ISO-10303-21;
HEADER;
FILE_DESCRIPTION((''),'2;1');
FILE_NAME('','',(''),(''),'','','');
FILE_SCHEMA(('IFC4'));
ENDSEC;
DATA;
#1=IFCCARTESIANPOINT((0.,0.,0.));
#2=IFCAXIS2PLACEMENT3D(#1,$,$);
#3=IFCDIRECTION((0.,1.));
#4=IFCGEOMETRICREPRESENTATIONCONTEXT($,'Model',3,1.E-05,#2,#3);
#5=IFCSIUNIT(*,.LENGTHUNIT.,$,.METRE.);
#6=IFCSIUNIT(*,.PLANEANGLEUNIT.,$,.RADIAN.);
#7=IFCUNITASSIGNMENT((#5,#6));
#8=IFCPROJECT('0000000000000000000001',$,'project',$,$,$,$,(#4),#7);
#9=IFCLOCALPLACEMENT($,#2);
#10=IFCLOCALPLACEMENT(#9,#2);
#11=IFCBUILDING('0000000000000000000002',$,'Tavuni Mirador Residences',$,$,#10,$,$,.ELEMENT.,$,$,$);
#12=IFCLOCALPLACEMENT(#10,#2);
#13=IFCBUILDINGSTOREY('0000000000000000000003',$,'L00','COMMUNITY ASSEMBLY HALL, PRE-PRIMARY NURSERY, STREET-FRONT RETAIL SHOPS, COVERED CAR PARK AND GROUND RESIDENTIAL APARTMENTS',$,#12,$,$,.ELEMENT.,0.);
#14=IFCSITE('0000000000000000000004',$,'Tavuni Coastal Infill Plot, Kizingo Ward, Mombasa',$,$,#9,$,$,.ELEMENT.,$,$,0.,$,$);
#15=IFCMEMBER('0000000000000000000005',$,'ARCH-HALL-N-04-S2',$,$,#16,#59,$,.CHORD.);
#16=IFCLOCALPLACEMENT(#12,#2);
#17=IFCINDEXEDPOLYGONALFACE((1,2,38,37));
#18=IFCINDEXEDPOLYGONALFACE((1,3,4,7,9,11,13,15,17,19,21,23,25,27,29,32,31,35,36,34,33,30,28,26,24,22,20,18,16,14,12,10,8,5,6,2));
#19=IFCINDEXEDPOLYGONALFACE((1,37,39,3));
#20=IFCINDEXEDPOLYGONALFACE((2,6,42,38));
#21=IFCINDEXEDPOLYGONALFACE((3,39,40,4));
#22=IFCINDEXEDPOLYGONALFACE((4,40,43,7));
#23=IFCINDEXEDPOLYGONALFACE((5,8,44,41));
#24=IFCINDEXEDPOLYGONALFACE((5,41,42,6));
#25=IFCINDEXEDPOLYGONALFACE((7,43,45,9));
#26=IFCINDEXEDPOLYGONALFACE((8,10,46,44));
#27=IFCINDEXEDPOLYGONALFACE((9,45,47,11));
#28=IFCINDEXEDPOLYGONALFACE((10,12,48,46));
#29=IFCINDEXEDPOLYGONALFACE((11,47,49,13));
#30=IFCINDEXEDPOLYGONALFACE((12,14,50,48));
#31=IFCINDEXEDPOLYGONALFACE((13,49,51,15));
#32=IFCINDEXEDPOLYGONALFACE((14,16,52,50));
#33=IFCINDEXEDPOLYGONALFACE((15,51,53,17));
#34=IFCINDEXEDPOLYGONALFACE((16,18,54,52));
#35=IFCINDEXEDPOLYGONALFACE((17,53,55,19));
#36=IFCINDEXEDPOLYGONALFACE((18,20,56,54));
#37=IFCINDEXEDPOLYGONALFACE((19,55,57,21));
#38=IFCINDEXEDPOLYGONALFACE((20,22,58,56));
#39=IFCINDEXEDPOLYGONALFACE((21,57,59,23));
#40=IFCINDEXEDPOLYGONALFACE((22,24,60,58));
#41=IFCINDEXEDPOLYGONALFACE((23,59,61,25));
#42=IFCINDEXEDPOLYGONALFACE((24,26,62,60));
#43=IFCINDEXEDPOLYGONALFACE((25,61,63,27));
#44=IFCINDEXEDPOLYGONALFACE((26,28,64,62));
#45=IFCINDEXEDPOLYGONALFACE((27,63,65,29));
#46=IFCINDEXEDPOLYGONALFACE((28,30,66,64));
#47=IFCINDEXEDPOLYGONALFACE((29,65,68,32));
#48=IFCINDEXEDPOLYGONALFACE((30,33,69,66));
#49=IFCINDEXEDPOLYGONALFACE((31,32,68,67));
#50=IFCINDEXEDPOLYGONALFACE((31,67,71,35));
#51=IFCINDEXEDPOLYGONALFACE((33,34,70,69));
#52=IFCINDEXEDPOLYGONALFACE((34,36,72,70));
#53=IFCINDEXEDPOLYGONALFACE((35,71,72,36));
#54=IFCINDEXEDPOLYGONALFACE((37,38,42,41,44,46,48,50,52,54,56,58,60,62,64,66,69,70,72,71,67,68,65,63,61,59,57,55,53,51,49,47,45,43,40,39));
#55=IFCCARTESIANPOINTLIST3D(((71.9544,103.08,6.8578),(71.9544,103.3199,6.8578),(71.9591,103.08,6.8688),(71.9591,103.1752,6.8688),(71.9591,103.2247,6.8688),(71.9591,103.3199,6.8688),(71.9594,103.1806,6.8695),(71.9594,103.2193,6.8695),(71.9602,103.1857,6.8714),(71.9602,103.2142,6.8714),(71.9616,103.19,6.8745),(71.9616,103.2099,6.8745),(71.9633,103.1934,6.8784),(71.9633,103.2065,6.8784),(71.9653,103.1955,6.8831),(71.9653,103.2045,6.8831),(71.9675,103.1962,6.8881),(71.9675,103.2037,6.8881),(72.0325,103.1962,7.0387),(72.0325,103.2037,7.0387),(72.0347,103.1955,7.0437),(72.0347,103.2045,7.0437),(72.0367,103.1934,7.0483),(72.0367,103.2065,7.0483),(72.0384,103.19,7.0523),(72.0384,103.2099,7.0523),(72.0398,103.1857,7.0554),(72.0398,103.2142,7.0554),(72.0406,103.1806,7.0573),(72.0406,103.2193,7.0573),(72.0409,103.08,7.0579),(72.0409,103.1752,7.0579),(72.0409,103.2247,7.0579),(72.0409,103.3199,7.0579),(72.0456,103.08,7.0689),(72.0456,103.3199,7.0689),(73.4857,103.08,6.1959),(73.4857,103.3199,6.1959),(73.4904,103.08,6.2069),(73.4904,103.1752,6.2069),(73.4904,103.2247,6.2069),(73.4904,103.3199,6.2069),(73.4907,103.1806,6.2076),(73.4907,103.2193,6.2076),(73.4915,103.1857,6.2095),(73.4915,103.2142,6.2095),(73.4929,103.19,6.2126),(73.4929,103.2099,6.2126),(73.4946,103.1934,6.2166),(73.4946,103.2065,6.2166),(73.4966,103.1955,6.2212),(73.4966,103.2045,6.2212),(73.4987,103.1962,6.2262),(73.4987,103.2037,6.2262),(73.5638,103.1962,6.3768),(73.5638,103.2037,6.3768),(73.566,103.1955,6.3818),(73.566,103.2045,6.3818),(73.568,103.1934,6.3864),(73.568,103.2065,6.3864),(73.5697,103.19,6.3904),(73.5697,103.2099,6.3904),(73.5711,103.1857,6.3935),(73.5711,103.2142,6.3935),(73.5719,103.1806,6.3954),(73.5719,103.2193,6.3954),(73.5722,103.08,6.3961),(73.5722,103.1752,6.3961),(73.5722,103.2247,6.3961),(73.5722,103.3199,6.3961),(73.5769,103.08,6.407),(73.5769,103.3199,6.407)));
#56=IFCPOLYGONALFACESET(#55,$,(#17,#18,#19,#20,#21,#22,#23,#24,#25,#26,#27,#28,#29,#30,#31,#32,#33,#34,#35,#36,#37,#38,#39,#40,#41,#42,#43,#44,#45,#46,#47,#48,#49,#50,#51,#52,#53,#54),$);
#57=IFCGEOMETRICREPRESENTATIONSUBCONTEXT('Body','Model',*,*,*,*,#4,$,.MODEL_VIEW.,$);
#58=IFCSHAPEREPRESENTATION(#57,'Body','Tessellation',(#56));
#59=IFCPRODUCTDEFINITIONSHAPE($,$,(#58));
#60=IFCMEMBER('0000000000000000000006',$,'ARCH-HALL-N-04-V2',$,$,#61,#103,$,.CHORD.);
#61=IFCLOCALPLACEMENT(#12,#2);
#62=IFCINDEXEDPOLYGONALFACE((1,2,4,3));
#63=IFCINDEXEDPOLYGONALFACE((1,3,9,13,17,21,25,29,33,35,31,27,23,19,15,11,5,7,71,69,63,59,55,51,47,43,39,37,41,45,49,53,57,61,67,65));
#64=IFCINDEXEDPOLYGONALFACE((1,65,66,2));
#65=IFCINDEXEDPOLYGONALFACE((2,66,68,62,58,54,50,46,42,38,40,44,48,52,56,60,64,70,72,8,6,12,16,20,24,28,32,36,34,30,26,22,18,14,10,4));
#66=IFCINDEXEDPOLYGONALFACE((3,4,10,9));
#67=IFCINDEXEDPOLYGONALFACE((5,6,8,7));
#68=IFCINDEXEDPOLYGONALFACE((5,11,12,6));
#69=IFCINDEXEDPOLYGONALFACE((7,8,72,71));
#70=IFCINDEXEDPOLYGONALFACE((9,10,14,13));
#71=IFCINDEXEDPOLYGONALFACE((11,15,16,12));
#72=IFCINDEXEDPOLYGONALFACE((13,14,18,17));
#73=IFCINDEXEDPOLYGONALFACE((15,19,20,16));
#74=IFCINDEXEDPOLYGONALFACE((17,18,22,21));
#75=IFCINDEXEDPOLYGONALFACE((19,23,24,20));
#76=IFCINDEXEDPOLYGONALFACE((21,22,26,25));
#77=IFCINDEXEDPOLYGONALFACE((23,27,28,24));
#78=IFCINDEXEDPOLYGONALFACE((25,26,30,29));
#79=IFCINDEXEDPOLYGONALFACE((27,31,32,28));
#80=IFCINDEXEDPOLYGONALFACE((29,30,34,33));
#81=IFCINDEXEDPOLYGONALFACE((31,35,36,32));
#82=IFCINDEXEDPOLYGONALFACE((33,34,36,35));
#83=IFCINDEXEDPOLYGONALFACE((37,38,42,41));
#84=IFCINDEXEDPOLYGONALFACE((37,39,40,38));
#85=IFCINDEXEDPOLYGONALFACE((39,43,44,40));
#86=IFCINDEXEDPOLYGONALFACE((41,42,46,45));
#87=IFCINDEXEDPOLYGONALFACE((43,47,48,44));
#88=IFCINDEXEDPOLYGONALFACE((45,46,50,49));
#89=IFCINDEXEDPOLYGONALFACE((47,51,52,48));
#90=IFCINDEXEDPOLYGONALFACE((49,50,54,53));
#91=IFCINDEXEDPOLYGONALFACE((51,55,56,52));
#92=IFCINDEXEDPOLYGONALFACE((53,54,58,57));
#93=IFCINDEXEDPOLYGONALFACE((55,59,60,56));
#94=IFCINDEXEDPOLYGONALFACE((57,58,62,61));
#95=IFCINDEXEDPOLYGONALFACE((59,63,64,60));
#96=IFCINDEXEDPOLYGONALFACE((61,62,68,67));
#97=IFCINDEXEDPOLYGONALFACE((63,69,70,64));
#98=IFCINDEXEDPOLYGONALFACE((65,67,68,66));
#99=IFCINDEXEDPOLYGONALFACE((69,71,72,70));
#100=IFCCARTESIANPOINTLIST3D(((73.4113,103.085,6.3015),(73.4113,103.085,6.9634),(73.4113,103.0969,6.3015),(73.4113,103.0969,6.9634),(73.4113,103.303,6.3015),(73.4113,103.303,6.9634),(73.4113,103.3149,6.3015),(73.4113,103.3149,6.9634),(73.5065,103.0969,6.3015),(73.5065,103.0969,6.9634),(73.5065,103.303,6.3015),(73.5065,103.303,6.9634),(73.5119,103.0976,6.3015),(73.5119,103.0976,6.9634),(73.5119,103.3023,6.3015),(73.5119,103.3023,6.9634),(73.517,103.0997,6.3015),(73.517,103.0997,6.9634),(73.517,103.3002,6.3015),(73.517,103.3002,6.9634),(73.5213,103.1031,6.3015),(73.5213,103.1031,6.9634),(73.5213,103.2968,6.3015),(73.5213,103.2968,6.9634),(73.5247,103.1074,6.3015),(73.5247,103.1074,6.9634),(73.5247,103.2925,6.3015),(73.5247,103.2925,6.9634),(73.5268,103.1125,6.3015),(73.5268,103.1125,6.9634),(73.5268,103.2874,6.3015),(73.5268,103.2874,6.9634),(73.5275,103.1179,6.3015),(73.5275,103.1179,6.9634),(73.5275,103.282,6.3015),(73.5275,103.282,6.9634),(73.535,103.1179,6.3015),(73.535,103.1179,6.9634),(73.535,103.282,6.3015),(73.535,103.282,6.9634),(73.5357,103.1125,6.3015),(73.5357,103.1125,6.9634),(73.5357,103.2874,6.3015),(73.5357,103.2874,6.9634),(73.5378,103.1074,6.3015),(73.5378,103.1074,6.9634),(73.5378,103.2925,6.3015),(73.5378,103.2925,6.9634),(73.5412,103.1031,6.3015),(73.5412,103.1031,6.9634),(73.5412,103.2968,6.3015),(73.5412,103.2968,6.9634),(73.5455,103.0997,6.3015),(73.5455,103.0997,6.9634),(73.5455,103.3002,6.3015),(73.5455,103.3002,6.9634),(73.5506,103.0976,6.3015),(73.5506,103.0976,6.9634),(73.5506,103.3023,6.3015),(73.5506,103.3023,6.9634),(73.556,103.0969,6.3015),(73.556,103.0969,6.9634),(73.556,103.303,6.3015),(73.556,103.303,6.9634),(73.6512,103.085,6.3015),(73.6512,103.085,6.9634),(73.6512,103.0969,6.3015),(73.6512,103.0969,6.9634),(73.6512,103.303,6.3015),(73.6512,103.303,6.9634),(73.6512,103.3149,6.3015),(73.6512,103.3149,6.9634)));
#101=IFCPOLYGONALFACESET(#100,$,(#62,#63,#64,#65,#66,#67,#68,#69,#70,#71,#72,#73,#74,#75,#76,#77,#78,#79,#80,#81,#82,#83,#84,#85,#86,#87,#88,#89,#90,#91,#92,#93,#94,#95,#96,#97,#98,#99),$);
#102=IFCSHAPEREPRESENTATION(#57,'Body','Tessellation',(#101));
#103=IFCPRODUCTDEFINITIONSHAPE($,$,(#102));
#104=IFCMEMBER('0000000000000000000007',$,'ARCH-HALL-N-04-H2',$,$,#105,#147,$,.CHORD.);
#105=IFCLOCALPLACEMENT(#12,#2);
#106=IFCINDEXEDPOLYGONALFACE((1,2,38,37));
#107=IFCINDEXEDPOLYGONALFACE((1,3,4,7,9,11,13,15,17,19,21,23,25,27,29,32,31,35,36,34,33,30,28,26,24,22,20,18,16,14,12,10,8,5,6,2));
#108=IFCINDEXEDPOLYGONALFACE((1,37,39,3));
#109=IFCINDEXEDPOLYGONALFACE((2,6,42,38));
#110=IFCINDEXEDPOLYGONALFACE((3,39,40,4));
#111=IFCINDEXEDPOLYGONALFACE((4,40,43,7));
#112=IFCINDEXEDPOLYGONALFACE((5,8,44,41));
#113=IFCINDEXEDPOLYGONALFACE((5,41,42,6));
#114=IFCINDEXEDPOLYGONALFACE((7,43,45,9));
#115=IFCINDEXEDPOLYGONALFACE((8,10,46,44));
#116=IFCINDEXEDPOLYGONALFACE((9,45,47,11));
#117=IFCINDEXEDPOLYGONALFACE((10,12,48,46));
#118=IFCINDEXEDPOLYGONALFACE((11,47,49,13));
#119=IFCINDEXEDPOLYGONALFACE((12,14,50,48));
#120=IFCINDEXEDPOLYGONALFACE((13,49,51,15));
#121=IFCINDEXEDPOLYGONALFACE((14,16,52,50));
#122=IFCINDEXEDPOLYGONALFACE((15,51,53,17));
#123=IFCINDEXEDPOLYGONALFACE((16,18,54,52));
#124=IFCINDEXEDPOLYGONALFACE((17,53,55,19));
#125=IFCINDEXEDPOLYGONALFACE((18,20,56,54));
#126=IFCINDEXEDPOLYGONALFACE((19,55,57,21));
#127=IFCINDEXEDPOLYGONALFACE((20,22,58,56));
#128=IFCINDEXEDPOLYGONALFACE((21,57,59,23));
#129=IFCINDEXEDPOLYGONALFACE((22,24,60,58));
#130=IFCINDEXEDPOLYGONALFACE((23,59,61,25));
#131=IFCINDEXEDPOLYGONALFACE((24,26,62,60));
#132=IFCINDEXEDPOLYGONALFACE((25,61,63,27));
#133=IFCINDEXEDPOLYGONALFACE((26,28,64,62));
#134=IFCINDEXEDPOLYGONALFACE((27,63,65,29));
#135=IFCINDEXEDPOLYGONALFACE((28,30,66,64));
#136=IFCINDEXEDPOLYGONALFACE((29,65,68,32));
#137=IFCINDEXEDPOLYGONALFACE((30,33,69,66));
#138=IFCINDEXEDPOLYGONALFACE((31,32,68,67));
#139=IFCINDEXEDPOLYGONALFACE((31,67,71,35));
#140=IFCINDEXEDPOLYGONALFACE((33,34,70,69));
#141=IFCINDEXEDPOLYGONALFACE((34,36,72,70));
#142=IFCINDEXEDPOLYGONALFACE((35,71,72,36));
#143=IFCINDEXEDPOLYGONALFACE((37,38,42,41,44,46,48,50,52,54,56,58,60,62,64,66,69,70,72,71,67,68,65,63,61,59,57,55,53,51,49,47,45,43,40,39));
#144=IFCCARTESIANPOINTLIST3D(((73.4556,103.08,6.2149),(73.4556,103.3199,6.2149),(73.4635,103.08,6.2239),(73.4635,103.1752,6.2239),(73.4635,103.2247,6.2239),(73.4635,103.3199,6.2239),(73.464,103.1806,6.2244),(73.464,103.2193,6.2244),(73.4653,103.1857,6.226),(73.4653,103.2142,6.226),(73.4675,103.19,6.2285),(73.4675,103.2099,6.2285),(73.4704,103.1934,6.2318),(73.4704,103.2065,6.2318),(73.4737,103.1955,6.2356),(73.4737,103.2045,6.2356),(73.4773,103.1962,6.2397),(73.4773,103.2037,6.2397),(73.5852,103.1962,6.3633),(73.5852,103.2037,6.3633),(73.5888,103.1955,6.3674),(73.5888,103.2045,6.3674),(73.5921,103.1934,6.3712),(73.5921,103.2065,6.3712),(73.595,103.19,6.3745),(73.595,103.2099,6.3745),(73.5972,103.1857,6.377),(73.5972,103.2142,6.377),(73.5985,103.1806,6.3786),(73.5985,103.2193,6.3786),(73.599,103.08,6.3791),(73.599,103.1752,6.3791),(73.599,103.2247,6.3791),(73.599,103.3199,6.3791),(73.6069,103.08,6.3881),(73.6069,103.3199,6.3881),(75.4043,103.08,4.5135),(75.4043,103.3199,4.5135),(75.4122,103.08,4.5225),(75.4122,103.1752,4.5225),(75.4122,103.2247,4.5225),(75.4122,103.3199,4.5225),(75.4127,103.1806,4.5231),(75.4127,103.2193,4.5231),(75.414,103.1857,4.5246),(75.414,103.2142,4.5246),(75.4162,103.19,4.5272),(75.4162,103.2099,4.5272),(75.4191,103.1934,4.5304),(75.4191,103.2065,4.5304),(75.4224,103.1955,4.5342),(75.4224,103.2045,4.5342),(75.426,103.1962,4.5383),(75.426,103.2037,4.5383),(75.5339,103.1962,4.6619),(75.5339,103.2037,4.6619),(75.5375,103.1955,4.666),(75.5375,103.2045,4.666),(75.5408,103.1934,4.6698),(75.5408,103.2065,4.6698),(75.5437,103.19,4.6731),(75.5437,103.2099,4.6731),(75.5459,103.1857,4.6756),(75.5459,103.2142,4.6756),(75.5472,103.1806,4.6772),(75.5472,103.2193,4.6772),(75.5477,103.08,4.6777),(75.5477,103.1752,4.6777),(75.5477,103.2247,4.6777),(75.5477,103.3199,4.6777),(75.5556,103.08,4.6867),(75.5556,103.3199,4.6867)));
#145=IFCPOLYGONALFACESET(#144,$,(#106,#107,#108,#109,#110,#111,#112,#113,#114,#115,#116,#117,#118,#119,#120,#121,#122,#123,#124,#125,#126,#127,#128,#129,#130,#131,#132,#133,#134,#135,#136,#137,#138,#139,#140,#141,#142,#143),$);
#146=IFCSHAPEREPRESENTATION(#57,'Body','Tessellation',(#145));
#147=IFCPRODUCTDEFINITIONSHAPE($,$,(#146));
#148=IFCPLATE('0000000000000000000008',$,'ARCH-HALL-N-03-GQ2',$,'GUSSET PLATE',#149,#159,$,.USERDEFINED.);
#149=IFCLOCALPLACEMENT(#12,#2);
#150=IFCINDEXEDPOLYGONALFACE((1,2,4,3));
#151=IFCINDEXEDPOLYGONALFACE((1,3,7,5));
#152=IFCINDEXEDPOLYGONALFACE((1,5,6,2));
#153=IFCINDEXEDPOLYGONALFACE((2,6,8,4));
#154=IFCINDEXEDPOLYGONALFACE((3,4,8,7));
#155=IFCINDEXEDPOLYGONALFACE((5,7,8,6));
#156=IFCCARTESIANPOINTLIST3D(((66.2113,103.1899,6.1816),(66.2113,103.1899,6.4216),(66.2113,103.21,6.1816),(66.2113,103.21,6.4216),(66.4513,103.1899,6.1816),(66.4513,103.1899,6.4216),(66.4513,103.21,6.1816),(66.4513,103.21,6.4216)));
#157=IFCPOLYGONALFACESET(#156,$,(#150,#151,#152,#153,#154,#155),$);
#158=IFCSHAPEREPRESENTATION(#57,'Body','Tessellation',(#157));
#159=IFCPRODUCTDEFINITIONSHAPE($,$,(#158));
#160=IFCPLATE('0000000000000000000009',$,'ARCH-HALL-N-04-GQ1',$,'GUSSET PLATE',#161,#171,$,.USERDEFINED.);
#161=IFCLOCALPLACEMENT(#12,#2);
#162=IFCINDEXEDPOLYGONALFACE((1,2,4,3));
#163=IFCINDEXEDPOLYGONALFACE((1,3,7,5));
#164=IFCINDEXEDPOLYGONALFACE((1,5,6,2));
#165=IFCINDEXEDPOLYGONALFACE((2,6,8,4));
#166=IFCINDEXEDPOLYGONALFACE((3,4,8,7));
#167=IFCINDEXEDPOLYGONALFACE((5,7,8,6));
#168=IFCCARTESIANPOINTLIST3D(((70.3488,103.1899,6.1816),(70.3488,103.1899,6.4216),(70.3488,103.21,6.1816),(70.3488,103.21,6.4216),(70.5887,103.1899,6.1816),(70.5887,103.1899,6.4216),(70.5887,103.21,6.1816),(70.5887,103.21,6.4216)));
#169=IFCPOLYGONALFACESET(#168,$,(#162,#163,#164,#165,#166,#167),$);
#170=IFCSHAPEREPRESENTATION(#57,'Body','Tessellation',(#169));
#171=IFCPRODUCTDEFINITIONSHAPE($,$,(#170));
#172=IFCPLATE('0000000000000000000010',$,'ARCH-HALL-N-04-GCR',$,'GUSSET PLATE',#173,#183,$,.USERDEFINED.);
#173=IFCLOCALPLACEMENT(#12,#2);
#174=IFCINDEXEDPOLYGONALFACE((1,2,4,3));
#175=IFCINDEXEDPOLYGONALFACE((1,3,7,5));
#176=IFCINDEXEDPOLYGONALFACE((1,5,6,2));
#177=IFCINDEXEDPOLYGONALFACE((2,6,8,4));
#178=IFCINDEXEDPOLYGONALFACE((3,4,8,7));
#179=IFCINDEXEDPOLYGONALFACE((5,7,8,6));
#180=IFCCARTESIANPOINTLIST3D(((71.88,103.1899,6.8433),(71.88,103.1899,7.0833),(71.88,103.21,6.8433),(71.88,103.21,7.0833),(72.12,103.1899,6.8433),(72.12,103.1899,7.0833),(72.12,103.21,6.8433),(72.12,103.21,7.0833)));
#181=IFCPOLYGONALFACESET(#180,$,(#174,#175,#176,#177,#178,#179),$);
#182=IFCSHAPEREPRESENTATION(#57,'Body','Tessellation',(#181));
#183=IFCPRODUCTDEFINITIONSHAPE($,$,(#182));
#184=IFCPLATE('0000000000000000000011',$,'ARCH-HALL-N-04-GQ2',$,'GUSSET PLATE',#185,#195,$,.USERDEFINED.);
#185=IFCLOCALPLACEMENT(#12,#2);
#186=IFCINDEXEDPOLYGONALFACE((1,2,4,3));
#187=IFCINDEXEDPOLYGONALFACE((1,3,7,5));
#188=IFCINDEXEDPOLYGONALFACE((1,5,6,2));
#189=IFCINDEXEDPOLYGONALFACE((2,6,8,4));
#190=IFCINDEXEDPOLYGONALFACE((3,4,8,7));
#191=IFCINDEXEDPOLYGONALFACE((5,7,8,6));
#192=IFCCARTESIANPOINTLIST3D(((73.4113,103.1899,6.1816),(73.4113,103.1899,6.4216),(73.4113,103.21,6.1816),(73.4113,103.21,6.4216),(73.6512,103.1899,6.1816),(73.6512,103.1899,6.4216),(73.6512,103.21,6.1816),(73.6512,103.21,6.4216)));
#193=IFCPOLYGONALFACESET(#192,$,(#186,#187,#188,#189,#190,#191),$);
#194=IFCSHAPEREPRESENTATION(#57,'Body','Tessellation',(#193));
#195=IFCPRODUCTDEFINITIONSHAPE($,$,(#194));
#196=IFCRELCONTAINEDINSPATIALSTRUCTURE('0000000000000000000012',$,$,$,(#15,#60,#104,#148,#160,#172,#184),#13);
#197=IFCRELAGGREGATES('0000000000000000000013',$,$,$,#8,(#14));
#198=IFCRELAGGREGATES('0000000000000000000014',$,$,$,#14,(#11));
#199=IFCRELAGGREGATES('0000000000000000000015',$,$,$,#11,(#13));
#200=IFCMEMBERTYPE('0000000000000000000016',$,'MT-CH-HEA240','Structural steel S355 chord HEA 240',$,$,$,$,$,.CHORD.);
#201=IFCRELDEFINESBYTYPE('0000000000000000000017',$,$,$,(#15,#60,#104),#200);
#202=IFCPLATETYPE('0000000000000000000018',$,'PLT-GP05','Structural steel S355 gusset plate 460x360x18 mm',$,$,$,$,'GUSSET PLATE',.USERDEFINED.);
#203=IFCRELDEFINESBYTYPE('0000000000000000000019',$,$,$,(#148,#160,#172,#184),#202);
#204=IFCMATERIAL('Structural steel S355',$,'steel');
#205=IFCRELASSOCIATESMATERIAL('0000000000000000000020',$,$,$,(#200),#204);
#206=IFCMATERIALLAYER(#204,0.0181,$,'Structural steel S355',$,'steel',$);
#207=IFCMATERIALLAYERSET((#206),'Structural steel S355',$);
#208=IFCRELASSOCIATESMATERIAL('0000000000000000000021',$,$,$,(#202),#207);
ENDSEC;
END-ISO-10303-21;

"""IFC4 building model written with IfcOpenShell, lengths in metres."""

from ifc_helpers import new_model, si_unit, direction, frame, origin, origin_2d, place, context, subcontext, project, spatial, rectangle, i_section, extrude, material, layer, layer_set, material_profile, profile_set, type_object, element, save


model = new_model("IFC4")

# Units and contexts
model_context = context("Model", 3, precision=1e-05, world=origin(), true_north=direction((0.0, 1.0)))
body_context = subcontext(model_context, "Body", "Model", "MODEL_VIEW")
ifc_project = project(units=[si_unit("LENGTHUNIT", "METRE"), si_unit("PLANEANGLEUNIT", "RADIAN")], contexts=[model_context])

# Site, building, storey
site_placement = place(None, origin())
site = spatial("IfcSite", under=ifc_project, at=site_placement, Name="Tavuni Coastal Infill Plot, Kizingo Ward, Mombasa", CompositionType="ELEMENT", RefElevation=0.0)
building_placement = place(site_placement, origin())
building = spatial("IfcBuilding", under=site, at=building_placement, Name="Tavuni Mirador Residences", CompositionType="ELEMENT")
storey_placement = place(building_placement, origin())
storey = spatial("IfcBuildingStorey", under=building, at=storey_placement, Name="L00", Description="COMMUNITY ASSEMBLY HALL, PRE-PRIMARY NURSERY, STREET-FRONT RETAIL SHOPS, COVERED CAR PARK AND GROUND RESIDENTIAL APARTMENTS", CompositionType="ELEMENT", Elevation=0.0)

# Shared definitions
ifc_material_1 = material(Name="Structural steel S355", Category="steel")

# Members
ifc_material_profile_1 = material_profile(ifc_material_1, i_section(OverallWidth=0.24, OverallDepth=0.23, WebThickness=0.0076, FlangeThickness=0.012, FilletRadius=0.021, at=origin_2d()), Name="HEA 240", Category="steel")
ifc_profile_set_1 = profile_set([ifc_material_profile_1], Name="Structural steel S355")
member_type = type_object("IfcMemberType", Name="MT-CH-HEA240", Description="Structural steel S355 chord HEA 240", PredefinedType="CHORD", material=ifc_profile_set_1)
for number, where, z_axis, x_axis, name in (
    (1, (72.0, 103.2, 6.9634), (0.917922, 0.0, -0.396761), (0.0, 1.0, 0.0), "ARCH-HALL-N-04-S2"),
):
    element("IfcMember", number, at=place(storey_placement, frame(where, z_axis=z_axis, x_axis=x_axis)), inside=storey, type_object=member_type, Name=name, PredefinedType="CHORD", context=body_context, shape_type="SweptSolid", body=[
        extrude(i_section(OverallWidth=0.24, OverallDepth=0.23, WebThickness=0.0076, FlangeThickness=0.012, FilletRadius=0.021, at=origin_2d()), origin(), (0.0, 0.0, 1.0), 1.6682),
    ])
member_1_placement = place(storey_placement, frame((73.5312, 103.2, 6.3015), z_axis=(0.0, 0.0, 1.0), x_axis=(1.0, 0.0, 0.0)))
element("IfcMember", 2, at=member_1_placement, inside=storey, type_object=member_type, Name="ARCH-HALL-N-04-V2", PredefinedType="CHORD", context=body_context, shape_type="SweptSolid", body=[
    extrude(i_section(OverallWidth=0.24, OverallDepth=0.23, WebThickness=0.0076, FlangeThickness=0.012, FilletRadius=0.021, at=origin_2d()), origin(), (0.0, 0.0, 1.0), 0.6619),
])
member_2_placement = place(storey_placement, frame((73.5312, 103.2, 6.3015), z_axis=(0.753289, 0.0, -0.657689), x_axis=(0.0, 1.0, 0.0)))
element("IfcMember", 3, at=member_2_placement, inside=storey, type_object=member_type, Name="ARCH-HALL-N-04-H2", PredefinedType="CHORD", context=body_context, shape_type="SweptSolid", body=[
    extrude(i_section(OverallWidth=0.24, OverallDepth=0.23, WebThickness=0.0076, FlangeThickness=0.012, FilletRadius=0.021, at=origin_2d()), origin(), (0.0, 0.0, 1.0), 2.5869),
])

# Plates
ifc_layer_1 = layer(ifc_material_1, 0.0181, Name="Structural steel S355", Category="steel")
ifc_layer_set_1 = layer_set([ifc_layer_1], Name="Structural steel S355")
plate_type = type_object("IfcPlateType", Name="PLT-GP05", Description="Structural steel S355 gusset plate 460x360x18 mm", ElementType="GUSSET PLATE", PredefinedType="USERDEFINED", material=ifc_layer_set_1)
for number, where, z_axis, x_axis, name in (
    (4, (66.3313, 103.2, 6.1816), (0.0, 0.0, 1.0), (1.0, 0.0, 0.0), "ARCH-HALL-N-03-GQ2"),
    (5, (70.4688, 103.2, 6.1816), (0.0, 0.0, 1.0), (1.0, 0.0, 0.0), "ARCH-HALL-N-04-GQ1"),
    (6, (72.0, 103.2, 6.8433), (0.0, 0.0, 1.0), (1.0, 0.0, 0.0), "ARCH-HALL-N-04-GCR"),
    (7, (73.5312, 103.2, 6.1816), (0.0, 0.0, 1.0), (1.0, 0.0, 0.0), "ARCH-HALL-N-04-GQ2"),
):
    element("IfcPlate", number, at=place(storey_placement, frame(where, z_axis=z_axis, x_axis=x_axis)), inside=storey, type_object=plate_type, Name=name, ObjectType="GUSSET PLATE", PredefinedType="USERDEFINED", context=body_context, shape_type="SweptSolid", body=[
        extrude(rectangle(XDim=0.24, YDim=0.02, at=origin_2d()), origin(), (0.0, 0.0, 1.0), 0.24),
    ])

save(model, "model.ifc")
